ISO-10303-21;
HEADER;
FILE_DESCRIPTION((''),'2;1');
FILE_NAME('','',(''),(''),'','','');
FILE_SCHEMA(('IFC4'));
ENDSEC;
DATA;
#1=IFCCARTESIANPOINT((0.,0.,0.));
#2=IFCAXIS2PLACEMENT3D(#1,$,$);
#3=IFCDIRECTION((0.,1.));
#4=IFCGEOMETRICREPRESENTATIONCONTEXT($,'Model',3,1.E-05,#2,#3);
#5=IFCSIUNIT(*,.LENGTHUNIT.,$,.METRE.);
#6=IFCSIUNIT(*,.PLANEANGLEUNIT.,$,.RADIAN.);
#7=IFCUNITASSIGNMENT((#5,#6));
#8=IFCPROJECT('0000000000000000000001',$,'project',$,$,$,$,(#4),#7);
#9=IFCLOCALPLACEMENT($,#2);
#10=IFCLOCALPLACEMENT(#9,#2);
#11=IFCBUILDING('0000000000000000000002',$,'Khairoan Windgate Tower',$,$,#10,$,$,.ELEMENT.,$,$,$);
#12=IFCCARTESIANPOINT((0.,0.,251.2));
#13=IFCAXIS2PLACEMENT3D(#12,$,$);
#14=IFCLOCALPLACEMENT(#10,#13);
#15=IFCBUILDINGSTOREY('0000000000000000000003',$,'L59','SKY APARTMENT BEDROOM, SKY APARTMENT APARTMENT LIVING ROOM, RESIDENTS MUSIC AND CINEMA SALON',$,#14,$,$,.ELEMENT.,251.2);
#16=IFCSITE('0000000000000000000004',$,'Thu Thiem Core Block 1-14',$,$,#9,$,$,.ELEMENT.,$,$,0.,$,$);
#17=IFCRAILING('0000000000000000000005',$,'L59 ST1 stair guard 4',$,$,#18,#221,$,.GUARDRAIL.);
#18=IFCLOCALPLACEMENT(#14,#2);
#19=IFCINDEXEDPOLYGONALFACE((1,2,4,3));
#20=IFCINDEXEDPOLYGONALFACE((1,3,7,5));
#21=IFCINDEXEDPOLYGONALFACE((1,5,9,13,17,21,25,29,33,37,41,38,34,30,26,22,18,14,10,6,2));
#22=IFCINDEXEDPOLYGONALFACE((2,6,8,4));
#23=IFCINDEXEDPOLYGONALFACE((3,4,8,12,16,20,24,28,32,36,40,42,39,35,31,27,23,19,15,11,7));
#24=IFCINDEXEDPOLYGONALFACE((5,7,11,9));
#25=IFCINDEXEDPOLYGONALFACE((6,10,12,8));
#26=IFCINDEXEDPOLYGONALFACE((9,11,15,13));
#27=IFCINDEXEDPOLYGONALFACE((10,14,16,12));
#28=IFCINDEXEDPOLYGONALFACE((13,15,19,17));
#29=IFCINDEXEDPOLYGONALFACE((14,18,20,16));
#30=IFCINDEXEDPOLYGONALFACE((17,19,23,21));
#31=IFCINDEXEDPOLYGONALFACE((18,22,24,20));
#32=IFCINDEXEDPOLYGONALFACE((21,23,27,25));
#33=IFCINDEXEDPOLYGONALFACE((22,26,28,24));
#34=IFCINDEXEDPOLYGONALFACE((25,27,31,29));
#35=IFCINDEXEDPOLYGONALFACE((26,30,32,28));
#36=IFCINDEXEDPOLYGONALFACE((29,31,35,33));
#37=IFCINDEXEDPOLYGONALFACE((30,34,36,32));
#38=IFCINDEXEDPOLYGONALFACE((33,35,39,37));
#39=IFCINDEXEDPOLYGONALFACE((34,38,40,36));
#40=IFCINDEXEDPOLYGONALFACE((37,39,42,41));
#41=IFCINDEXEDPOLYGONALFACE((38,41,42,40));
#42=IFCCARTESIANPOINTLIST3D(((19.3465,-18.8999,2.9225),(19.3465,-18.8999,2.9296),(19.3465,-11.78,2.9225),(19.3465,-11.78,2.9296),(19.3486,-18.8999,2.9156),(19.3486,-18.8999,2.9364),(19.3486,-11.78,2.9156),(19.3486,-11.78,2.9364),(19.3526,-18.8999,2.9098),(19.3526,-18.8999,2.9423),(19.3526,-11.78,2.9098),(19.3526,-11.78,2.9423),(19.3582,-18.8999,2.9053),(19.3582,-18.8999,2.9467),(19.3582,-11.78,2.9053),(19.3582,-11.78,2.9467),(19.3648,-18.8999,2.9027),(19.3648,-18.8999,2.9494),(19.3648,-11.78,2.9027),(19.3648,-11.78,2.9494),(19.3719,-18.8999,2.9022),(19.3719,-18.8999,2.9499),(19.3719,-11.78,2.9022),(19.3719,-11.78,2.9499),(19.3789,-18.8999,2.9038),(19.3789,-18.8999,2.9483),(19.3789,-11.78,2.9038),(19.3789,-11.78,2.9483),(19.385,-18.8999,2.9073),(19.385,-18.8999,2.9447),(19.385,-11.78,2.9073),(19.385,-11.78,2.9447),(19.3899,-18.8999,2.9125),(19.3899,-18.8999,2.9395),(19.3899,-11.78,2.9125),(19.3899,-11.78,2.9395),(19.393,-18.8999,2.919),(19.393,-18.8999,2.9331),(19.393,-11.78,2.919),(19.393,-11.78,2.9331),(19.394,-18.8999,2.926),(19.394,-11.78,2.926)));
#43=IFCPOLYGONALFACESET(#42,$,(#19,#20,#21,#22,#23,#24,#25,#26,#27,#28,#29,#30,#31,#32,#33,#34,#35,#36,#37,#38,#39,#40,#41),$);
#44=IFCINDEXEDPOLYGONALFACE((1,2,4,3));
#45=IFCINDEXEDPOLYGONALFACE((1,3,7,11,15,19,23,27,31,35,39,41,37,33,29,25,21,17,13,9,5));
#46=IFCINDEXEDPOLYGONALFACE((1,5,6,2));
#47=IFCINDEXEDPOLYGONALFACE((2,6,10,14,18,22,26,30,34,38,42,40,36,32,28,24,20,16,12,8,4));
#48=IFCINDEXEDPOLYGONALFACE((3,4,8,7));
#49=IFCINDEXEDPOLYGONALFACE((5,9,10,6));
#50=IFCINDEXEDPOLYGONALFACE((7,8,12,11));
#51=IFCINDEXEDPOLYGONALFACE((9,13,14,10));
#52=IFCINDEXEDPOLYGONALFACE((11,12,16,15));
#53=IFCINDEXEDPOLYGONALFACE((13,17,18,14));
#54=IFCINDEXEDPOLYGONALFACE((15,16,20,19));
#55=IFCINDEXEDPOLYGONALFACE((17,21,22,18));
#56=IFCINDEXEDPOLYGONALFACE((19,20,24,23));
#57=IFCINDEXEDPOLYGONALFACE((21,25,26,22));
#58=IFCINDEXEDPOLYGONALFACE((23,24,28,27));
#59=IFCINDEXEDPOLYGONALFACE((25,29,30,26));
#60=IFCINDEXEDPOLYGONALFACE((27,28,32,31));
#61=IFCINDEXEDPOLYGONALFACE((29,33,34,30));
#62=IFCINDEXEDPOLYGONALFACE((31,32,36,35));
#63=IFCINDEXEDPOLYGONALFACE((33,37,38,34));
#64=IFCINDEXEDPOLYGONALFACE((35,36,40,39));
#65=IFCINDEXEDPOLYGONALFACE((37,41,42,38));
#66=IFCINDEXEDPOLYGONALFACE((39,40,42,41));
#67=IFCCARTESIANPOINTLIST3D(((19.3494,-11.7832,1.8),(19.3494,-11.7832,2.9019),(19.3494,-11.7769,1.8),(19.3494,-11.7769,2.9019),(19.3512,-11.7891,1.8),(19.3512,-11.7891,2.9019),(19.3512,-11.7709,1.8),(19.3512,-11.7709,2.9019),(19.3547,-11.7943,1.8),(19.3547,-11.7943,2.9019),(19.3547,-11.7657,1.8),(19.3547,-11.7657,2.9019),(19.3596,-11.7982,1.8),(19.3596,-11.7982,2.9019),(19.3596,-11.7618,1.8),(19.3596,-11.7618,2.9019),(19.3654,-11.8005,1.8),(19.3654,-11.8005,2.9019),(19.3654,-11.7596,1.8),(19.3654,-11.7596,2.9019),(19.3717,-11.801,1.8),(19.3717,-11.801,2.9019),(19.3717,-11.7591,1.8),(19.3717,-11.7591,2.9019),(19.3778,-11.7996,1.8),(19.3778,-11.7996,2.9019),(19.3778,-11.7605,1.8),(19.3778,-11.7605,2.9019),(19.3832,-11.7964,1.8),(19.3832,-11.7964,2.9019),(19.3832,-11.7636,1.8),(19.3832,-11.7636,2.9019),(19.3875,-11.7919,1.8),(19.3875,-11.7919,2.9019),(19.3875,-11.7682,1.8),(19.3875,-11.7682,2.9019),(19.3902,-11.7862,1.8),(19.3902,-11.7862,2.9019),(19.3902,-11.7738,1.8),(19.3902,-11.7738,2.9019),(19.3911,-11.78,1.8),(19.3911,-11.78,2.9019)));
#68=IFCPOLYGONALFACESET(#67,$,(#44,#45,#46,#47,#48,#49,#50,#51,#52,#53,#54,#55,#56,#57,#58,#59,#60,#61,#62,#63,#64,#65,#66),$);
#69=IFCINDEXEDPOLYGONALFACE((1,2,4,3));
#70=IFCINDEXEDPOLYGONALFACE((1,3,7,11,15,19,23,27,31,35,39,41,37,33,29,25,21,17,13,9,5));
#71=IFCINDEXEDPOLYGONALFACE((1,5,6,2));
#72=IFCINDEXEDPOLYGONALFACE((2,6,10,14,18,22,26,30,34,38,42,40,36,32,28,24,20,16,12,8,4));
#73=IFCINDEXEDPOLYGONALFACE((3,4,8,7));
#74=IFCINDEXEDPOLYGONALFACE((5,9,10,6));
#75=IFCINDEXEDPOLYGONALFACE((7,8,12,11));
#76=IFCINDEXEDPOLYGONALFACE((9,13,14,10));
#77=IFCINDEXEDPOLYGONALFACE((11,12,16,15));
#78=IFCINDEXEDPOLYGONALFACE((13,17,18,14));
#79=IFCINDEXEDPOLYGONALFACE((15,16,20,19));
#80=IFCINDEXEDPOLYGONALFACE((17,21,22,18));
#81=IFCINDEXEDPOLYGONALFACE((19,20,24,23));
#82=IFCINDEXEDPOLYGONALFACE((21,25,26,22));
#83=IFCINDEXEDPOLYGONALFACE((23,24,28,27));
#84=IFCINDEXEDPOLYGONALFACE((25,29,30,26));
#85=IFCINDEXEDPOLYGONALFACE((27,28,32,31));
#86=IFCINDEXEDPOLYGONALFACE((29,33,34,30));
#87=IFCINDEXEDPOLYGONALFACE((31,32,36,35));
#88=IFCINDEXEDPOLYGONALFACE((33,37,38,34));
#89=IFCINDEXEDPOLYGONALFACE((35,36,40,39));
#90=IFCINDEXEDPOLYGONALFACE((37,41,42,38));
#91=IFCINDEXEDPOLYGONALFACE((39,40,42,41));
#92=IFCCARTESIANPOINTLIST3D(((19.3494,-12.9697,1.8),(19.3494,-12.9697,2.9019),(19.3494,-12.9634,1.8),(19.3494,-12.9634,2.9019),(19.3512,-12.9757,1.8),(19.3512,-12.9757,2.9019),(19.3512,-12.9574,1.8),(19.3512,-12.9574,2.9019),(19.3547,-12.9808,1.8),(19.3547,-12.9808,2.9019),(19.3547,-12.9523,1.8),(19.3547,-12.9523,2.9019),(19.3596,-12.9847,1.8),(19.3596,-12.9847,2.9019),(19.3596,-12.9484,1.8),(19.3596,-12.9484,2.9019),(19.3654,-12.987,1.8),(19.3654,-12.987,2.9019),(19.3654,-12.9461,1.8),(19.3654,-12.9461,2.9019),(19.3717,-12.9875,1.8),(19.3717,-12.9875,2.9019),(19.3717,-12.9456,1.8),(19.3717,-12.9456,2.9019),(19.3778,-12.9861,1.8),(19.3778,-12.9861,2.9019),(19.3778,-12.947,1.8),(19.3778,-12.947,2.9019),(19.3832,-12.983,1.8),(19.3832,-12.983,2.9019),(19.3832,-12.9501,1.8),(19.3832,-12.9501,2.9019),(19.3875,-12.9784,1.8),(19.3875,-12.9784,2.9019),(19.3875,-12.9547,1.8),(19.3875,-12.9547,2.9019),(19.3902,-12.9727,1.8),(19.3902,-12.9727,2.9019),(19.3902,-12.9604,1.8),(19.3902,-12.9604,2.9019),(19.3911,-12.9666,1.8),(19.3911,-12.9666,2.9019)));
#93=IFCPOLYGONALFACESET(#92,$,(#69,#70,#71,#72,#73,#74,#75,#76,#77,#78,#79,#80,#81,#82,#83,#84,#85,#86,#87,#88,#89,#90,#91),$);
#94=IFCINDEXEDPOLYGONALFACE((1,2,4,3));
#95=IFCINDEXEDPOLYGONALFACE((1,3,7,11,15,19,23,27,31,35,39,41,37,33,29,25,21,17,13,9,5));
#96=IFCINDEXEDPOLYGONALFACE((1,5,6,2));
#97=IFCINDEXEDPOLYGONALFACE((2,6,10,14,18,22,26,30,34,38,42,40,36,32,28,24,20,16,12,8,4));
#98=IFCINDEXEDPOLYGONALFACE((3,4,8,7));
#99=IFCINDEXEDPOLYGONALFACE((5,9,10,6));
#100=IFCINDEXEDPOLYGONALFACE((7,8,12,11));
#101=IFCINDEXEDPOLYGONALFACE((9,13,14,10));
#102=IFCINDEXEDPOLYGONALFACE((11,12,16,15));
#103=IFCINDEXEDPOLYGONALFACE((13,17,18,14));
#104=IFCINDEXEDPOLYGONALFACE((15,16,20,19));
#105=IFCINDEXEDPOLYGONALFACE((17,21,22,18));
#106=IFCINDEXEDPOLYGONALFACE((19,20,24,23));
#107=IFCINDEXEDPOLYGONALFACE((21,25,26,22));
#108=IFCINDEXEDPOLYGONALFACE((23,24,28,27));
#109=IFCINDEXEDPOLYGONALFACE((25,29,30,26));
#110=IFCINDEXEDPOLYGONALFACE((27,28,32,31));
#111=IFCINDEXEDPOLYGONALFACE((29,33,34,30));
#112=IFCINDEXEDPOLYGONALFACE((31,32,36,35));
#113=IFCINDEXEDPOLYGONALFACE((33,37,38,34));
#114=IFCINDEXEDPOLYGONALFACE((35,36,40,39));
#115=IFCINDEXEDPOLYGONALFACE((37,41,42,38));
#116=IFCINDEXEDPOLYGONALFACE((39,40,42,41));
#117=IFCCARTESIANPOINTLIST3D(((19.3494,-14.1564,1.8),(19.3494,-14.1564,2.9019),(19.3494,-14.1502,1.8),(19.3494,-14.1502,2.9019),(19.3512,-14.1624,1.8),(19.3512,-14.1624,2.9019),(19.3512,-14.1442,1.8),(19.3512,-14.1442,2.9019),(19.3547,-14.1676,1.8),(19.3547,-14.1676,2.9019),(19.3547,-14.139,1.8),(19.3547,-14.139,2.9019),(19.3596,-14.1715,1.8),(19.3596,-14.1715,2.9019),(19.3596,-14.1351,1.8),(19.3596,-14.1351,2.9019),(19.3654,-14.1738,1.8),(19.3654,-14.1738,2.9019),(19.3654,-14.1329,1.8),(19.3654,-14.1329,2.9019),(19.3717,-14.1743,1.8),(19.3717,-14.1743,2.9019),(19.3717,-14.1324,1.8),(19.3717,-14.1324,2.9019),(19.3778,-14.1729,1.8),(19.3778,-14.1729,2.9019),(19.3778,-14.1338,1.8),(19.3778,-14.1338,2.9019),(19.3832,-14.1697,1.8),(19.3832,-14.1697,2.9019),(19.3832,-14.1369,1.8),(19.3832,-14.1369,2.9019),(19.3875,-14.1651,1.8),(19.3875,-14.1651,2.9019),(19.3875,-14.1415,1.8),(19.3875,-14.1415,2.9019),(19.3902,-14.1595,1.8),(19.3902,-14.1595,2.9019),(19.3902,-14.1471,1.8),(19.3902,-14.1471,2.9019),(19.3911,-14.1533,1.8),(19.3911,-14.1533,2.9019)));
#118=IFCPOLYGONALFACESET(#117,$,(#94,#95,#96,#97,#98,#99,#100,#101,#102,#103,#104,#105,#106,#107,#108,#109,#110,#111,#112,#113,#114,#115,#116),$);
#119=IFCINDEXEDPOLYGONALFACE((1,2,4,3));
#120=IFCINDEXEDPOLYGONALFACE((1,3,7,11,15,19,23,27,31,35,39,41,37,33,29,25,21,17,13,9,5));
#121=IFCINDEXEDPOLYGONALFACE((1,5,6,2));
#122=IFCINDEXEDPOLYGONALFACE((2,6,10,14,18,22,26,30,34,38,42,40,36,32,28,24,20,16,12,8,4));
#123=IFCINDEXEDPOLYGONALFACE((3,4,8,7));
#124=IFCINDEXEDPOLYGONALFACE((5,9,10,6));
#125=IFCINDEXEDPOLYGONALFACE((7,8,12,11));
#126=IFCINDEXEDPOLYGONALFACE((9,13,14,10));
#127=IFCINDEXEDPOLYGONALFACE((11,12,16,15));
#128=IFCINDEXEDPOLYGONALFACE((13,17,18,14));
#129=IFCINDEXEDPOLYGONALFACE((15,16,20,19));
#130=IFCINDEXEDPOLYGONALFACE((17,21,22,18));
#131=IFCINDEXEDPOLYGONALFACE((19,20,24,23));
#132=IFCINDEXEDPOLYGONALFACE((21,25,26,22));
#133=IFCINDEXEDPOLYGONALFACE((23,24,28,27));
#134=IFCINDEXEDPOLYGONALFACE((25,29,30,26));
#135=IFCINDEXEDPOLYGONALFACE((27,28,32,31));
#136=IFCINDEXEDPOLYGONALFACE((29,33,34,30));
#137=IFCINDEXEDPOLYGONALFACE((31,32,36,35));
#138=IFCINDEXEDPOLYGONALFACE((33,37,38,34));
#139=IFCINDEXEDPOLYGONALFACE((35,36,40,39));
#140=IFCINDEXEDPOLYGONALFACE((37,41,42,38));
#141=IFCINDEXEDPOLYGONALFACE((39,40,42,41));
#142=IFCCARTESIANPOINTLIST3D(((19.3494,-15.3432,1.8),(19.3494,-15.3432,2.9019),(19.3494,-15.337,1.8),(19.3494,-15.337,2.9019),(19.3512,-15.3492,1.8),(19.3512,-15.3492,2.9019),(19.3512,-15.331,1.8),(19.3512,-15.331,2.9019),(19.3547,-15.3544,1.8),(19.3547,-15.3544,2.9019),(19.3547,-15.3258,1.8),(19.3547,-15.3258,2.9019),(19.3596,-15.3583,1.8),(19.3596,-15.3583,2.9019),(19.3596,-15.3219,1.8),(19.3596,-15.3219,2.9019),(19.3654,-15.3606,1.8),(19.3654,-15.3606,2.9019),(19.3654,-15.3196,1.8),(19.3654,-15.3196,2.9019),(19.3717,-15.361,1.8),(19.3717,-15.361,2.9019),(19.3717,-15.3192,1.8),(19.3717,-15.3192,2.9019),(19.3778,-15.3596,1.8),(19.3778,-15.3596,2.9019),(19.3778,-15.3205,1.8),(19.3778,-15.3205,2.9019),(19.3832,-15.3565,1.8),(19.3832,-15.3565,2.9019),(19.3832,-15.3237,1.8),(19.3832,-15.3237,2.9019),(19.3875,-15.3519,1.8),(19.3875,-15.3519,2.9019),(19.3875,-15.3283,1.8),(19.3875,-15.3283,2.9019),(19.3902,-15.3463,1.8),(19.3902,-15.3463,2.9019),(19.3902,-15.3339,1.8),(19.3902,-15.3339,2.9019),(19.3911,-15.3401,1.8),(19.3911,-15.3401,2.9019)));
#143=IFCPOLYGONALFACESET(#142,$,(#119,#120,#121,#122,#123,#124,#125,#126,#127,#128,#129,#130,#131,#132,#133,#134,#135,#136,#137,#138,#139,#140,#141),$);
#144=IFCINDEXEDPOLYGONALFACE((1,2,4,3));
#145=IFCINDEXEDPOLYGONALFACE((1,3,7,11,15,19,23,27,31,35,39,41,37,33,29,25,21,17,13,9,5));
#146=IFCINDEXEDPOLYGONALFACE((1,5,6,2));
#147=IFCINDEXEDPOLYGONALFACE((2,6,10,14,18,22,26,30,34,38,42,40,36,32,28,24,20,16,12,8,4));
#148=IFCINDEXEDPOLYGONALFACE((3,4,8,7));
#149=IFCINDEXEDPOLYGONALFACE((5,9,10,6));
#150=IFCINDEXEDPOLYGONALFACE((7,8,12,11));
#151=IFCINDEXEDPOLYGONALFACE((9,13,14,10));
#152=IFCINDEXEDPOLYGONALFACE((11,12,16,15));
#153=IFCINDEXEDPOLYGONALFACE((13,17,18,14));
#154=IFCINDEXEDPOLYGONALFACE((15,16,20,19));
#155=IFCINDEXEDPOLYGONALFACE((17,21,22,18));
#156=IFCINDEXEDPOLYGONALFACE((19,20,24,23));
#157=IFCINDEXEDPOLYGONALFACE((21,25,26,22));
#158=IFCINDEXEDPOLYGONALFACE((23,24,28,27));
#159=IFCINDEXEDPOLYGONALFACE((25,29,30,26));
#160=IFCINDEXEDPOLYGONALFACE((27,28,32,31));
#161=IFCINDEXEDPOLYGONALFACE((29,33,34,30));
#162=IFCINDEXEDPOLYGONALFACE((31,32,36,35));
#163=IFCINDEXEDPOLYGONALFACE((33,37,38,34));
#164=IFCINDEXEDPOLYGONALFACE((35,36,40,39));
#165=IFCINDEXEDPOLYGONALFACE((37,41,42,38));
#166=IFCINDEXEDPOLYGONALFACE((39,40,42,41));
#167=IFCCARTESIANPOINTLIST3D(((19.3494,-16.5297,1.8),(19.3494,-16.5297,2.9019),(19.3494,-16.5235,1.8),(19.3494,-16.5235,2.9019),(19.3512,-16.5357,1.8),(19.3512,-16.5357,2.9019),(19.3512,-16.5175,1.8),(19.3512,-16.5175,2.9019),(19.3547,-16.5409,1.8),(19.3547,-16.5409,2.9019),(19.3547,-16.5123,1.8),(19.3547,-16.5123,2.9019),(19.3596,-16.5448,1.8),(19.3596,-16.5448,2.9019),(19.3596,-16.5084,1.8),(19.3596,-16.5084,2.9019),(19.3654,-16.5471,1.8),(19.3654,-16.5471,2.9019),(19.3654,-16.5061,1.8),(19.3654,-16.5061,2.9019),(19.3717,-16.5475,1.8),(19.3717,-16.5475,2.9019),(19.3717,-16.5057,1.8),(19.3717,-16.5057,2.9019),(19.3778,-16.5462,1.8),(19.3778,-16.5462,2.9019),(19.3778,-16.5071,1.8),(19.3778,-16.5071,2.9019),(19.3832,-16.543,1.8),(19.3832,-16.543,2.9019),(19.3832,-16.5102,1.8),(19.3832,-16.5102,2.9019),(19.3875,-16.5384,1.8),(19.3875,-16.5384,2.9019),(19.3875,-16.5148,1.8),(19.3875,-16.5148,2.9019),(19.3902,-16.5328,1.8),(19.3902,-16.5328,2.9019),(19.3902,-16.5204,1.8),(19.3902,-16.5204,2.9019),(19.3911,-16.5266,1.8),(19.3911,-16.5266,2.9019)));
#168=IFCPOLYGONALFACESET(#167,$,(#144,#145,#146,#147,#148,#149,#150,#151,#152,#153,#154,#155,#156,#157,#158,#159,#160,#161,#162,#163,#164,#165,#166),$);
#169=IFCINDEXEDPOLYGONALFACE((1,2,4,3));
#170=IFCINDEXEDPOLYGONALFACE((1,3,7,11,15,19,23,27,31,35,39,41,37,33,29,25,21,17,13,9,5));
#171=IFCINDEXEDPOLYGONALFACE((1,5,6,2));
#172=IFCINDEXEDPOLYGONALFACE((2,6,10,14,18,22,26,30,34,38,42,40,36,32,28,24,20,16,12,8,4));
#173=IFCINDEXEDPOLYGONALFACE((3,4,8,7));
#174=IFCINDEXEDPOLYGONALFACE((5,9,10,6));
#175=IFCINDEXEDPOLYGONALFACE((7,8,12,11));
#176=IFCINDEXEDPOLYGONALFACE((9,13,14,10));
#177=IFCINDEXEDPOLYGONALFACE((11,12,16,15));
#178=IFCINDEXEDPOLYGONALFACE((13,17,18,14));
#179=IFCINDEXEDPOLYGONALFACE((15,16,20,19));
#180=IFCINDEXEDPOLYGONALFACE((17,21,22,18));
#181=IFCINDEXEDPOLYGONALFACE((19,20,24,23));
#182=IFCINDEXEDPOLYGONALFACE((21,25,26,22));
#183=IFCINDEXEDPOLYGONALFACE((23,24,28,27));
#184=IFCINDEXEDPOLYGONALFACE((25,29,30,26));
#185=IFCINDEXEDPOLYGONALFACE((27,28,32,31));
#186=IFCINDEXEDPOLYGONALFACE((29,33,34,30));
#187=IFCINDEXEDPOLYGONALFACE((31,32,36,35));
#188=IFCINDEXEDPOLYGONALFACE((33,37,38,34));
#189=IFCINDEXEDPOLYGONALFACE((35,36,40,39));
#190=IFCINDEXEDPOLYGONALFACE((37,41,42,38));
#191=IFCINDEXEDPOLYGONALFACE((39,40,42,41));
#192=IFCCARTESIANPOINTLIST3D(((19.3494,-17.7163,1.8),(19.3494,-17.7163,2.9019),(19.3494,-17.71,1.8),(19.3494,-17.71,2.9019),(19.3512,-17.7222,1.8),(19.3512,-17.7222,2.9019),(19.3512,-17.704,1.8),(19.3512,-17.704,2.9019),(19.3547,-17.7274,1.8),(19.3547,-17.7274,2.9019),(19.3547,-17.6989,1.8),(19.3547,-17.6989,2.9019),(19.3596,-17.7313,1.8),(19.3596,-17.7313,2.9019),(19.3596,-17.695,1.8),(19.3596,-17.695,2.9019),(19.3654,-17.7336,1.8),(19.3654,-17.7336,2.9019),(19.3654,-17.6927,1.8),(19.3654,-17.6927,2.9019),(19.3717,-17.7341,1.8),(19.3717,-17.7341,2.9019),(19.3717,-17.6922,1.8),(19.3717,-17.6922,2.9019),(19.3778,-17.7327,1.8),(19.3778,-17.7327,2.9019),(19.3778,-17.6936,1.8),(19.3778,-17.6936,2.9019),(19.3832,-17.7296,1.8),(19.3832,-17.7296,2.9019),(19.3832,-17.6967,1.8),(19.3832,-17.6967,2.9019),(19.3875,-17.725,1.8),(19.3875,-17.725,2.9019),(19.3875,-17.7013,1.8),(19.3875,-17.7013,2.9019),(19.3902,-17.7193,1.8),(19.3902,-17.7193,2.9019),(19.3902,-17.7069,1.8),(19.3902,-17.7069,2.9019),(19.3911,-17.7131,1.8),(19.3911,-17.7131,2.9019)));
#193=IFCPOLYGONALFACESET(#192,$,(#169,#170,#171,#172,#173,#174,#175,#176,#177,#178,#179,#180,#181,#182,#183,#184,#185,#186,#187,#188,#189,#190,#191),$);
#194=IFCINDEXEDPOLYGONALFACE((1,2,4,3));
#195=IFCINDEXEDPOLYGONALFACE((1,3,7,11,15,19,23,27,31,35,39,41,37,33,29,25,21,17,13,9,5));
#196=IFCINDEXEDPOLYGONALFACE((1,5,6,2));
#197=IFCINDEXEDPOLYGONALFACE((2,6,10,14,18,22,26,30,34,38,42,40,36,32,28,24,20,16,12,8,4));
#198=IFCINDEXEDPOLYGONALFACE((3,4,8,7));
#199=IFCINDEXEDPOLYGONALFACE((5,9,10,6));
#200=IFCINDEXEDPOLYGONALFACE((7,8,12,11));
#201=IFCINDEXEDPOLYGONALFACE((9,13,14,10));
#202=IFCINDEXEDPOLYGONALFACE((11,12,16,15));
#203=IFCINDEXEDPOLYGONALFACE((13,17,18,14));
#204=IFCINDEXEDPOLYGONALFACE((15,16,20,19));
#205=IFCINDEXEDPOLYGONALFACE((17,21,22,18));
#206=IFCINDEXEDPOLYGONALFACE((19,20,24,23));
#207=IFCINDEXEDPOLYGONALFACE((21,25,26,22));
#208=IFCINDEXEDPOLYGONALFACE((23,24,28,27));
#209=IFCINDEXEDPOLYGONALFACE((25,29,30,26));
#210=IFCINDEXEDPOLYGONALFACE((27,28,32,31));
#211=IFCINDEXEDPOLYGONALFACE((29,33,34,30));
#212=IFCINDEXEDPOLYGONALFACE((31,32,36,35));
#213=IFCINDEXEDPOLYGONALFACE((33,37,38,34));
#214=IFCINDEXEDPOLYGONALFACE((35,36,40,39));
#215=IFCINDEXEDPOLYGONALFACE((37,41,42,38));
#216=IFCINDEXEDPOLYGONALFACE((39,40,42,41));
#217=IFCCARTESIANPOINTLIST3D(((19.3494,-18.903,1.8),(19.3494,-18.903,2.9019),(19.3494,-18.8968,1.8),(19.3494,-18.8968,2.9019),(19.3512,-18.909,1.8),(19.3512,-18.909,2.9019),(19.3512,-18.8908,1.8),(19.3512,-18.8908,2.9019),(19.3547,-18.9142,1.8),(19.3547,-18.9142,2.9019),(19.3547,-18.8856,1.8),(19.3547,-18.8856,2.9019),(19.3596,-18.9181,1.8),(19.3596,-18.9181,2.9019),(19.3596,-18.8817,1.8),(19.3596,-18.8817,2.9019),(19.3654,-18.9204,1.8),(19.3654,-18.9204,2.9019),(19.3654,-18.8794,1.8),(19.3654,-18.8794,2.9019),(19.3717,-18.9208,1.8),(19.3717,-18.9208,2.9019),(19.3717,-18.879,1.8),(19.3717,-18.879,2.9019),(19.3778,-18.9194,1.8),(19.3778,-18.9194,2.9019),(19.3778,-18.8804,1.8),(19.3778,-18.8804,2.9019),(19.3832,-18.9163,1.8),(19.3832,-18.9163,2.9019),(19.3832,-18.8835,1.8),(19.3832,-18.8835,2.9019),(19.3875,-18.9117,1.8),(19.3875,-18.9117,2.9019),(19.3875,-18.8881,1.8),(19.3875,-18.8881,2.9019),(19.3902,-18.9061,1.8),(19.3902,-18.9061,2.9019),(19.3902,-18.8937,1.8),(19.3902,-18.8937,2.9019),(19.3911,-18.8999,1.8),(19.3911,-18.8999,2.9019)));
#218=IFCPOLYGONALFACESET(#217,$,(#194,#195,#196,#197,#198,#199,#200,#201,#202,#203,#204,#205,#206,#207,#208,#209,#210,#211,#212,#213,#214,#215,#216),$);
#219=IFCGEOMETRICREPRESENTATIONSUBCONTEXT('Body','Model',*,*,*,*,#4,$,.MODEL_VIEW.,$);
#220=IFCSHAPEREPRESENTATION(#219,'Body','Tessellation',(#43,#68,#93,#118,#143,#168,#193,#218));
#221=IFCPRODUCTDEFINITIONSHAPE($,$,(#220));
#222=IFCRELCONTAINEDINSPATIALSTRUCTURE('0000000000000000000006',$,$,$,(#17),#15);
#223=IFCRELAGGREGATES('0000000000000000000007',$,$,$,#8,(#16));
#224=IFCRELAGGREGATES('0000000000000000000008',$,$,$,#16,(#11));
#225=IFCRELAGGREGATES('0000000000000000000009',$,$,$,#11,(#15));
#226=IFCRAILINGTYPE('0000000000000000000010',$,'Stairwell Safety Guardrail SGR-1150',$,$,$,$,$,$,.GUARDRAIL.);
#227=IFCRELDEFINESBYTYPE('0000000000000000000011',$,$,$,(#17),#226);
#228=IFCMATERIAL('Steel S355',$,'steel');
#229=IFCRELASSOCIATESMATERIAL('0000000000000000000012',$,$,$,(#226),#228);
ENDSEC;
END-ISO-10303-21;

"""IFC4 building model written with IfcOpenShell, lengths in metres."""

from ifc_helpers import new_model, si_unit, direction, frame, origin, origin_2d, place, context, subcontext, project, spatial, circle, extrude, material, type_object, element, save


model = new_model("IFC4")

# Units and contexts
model_context = context("Model", 3, precision=1e-05, world=origin(), true_north=direction((0.0, 1.0)))
body_context = subcontext(model_context, "Body", "Model", "MODEL_VIEW")
ifc_project = project(units=[si_unit("LENGTHUNIT", "METRE"), si_unit("PLANEANGLEUNIT", "RADIAN")], contexts=[model_context])

# Site, building, storey
site_placement = place(None, origin())
site = spatial("IfcSite", under=ifc_project, at=site_placement, Name="Thu Thiem Core Block 1-14", CompositionType="ELEMENT", RefElevation=0.0)
building_placement = place(site_placement, origin())
building = spatial("IfcBuilding", under=site, at=building_placement, Name="Khairoan Windgate Tower", CompositionType="ELEMENT")
storey_placement = place(building_placement, frame((0.0, 0.0, 251.2)))
storey = spatial("IfcBuildingStorey", under=building, at=storey_placement, Name="L59", Description="SKY APARTMENT BEDROOM, SKY APARTMENT APARTMENT LIVING ROOM, RESIDENTS MUSIC AND CINEMA SALON", CompositionType="ELEMENT", Elevation=251.2)

# Railing
ifc_material_1 = material(Name="Steel S355", Category="steel")
railing_type_1 = type_object("IfcRailingType", Name="Stairwell Safety Guardrail SGR-1150", PredefinedType="GUARDRAIL", material=ifc_material_1)
railing_1_placement = place(storey_placement, frame((19.3701, -11.78, 1.8)))
element("IfcRailing", 1, at=railing_1_placement, inside=storey, type_object=railing_type_1, Name="L59 ST1 stair guard 4", PredefinedType="GUARDRAIL", context=body_context, shape_type="SweptSolid", body=[
    extrude(circle(Radius=0.0239, at=origin_2d()), frame((0.0, 0.0, 1.126), z_axis=(0.0, -1.0, 0.0), x_axis=(1.0, 0.0, 0.0)), (0.0, 0.0, 1.0), 7.1199),
    extrude(circle(Radius=0.021, at=origin_2d()), origin(), (0.0, 0.0, 1.0), 1.1018),
    extrude(circle(Radius=0.021, at=origin_2d()), frame((0.0, -1.1865, 0.0)), (0.0, 0.0, 1.0), 1.1018),
    extrude(circle(Radius=0.021, at=origin_2d()), frame((0.0, -2.3733, 0.0)), (0.0, 0.0, 1.0), 1.1018),
    extrude(circle(Radius=0.021, at=origin_2d()), frame((0.0, -3.5601, 0.0)), (0.0, 0.0, 1.0), 1.1018),
    extrude(circle(Radius=0.021, at=origin_2d()), frame((0.0, -4.7466, 0.0)), (0.0, 0.0, 1.0), 1.1018),
    extrude(circle(Radius=0.021, at=origin_2d()), frame((0.0, -5.9331, 0.0)), (0.0, 0.0, 1.0), 1.1018),
    extrude(circle(Radius=0.021, at=origin_2d()), frame((0.0, -7.1199, 0.0)), (0.0, 0.0, 1.0), 1.1018),
])

save(model, "model.ifc")
